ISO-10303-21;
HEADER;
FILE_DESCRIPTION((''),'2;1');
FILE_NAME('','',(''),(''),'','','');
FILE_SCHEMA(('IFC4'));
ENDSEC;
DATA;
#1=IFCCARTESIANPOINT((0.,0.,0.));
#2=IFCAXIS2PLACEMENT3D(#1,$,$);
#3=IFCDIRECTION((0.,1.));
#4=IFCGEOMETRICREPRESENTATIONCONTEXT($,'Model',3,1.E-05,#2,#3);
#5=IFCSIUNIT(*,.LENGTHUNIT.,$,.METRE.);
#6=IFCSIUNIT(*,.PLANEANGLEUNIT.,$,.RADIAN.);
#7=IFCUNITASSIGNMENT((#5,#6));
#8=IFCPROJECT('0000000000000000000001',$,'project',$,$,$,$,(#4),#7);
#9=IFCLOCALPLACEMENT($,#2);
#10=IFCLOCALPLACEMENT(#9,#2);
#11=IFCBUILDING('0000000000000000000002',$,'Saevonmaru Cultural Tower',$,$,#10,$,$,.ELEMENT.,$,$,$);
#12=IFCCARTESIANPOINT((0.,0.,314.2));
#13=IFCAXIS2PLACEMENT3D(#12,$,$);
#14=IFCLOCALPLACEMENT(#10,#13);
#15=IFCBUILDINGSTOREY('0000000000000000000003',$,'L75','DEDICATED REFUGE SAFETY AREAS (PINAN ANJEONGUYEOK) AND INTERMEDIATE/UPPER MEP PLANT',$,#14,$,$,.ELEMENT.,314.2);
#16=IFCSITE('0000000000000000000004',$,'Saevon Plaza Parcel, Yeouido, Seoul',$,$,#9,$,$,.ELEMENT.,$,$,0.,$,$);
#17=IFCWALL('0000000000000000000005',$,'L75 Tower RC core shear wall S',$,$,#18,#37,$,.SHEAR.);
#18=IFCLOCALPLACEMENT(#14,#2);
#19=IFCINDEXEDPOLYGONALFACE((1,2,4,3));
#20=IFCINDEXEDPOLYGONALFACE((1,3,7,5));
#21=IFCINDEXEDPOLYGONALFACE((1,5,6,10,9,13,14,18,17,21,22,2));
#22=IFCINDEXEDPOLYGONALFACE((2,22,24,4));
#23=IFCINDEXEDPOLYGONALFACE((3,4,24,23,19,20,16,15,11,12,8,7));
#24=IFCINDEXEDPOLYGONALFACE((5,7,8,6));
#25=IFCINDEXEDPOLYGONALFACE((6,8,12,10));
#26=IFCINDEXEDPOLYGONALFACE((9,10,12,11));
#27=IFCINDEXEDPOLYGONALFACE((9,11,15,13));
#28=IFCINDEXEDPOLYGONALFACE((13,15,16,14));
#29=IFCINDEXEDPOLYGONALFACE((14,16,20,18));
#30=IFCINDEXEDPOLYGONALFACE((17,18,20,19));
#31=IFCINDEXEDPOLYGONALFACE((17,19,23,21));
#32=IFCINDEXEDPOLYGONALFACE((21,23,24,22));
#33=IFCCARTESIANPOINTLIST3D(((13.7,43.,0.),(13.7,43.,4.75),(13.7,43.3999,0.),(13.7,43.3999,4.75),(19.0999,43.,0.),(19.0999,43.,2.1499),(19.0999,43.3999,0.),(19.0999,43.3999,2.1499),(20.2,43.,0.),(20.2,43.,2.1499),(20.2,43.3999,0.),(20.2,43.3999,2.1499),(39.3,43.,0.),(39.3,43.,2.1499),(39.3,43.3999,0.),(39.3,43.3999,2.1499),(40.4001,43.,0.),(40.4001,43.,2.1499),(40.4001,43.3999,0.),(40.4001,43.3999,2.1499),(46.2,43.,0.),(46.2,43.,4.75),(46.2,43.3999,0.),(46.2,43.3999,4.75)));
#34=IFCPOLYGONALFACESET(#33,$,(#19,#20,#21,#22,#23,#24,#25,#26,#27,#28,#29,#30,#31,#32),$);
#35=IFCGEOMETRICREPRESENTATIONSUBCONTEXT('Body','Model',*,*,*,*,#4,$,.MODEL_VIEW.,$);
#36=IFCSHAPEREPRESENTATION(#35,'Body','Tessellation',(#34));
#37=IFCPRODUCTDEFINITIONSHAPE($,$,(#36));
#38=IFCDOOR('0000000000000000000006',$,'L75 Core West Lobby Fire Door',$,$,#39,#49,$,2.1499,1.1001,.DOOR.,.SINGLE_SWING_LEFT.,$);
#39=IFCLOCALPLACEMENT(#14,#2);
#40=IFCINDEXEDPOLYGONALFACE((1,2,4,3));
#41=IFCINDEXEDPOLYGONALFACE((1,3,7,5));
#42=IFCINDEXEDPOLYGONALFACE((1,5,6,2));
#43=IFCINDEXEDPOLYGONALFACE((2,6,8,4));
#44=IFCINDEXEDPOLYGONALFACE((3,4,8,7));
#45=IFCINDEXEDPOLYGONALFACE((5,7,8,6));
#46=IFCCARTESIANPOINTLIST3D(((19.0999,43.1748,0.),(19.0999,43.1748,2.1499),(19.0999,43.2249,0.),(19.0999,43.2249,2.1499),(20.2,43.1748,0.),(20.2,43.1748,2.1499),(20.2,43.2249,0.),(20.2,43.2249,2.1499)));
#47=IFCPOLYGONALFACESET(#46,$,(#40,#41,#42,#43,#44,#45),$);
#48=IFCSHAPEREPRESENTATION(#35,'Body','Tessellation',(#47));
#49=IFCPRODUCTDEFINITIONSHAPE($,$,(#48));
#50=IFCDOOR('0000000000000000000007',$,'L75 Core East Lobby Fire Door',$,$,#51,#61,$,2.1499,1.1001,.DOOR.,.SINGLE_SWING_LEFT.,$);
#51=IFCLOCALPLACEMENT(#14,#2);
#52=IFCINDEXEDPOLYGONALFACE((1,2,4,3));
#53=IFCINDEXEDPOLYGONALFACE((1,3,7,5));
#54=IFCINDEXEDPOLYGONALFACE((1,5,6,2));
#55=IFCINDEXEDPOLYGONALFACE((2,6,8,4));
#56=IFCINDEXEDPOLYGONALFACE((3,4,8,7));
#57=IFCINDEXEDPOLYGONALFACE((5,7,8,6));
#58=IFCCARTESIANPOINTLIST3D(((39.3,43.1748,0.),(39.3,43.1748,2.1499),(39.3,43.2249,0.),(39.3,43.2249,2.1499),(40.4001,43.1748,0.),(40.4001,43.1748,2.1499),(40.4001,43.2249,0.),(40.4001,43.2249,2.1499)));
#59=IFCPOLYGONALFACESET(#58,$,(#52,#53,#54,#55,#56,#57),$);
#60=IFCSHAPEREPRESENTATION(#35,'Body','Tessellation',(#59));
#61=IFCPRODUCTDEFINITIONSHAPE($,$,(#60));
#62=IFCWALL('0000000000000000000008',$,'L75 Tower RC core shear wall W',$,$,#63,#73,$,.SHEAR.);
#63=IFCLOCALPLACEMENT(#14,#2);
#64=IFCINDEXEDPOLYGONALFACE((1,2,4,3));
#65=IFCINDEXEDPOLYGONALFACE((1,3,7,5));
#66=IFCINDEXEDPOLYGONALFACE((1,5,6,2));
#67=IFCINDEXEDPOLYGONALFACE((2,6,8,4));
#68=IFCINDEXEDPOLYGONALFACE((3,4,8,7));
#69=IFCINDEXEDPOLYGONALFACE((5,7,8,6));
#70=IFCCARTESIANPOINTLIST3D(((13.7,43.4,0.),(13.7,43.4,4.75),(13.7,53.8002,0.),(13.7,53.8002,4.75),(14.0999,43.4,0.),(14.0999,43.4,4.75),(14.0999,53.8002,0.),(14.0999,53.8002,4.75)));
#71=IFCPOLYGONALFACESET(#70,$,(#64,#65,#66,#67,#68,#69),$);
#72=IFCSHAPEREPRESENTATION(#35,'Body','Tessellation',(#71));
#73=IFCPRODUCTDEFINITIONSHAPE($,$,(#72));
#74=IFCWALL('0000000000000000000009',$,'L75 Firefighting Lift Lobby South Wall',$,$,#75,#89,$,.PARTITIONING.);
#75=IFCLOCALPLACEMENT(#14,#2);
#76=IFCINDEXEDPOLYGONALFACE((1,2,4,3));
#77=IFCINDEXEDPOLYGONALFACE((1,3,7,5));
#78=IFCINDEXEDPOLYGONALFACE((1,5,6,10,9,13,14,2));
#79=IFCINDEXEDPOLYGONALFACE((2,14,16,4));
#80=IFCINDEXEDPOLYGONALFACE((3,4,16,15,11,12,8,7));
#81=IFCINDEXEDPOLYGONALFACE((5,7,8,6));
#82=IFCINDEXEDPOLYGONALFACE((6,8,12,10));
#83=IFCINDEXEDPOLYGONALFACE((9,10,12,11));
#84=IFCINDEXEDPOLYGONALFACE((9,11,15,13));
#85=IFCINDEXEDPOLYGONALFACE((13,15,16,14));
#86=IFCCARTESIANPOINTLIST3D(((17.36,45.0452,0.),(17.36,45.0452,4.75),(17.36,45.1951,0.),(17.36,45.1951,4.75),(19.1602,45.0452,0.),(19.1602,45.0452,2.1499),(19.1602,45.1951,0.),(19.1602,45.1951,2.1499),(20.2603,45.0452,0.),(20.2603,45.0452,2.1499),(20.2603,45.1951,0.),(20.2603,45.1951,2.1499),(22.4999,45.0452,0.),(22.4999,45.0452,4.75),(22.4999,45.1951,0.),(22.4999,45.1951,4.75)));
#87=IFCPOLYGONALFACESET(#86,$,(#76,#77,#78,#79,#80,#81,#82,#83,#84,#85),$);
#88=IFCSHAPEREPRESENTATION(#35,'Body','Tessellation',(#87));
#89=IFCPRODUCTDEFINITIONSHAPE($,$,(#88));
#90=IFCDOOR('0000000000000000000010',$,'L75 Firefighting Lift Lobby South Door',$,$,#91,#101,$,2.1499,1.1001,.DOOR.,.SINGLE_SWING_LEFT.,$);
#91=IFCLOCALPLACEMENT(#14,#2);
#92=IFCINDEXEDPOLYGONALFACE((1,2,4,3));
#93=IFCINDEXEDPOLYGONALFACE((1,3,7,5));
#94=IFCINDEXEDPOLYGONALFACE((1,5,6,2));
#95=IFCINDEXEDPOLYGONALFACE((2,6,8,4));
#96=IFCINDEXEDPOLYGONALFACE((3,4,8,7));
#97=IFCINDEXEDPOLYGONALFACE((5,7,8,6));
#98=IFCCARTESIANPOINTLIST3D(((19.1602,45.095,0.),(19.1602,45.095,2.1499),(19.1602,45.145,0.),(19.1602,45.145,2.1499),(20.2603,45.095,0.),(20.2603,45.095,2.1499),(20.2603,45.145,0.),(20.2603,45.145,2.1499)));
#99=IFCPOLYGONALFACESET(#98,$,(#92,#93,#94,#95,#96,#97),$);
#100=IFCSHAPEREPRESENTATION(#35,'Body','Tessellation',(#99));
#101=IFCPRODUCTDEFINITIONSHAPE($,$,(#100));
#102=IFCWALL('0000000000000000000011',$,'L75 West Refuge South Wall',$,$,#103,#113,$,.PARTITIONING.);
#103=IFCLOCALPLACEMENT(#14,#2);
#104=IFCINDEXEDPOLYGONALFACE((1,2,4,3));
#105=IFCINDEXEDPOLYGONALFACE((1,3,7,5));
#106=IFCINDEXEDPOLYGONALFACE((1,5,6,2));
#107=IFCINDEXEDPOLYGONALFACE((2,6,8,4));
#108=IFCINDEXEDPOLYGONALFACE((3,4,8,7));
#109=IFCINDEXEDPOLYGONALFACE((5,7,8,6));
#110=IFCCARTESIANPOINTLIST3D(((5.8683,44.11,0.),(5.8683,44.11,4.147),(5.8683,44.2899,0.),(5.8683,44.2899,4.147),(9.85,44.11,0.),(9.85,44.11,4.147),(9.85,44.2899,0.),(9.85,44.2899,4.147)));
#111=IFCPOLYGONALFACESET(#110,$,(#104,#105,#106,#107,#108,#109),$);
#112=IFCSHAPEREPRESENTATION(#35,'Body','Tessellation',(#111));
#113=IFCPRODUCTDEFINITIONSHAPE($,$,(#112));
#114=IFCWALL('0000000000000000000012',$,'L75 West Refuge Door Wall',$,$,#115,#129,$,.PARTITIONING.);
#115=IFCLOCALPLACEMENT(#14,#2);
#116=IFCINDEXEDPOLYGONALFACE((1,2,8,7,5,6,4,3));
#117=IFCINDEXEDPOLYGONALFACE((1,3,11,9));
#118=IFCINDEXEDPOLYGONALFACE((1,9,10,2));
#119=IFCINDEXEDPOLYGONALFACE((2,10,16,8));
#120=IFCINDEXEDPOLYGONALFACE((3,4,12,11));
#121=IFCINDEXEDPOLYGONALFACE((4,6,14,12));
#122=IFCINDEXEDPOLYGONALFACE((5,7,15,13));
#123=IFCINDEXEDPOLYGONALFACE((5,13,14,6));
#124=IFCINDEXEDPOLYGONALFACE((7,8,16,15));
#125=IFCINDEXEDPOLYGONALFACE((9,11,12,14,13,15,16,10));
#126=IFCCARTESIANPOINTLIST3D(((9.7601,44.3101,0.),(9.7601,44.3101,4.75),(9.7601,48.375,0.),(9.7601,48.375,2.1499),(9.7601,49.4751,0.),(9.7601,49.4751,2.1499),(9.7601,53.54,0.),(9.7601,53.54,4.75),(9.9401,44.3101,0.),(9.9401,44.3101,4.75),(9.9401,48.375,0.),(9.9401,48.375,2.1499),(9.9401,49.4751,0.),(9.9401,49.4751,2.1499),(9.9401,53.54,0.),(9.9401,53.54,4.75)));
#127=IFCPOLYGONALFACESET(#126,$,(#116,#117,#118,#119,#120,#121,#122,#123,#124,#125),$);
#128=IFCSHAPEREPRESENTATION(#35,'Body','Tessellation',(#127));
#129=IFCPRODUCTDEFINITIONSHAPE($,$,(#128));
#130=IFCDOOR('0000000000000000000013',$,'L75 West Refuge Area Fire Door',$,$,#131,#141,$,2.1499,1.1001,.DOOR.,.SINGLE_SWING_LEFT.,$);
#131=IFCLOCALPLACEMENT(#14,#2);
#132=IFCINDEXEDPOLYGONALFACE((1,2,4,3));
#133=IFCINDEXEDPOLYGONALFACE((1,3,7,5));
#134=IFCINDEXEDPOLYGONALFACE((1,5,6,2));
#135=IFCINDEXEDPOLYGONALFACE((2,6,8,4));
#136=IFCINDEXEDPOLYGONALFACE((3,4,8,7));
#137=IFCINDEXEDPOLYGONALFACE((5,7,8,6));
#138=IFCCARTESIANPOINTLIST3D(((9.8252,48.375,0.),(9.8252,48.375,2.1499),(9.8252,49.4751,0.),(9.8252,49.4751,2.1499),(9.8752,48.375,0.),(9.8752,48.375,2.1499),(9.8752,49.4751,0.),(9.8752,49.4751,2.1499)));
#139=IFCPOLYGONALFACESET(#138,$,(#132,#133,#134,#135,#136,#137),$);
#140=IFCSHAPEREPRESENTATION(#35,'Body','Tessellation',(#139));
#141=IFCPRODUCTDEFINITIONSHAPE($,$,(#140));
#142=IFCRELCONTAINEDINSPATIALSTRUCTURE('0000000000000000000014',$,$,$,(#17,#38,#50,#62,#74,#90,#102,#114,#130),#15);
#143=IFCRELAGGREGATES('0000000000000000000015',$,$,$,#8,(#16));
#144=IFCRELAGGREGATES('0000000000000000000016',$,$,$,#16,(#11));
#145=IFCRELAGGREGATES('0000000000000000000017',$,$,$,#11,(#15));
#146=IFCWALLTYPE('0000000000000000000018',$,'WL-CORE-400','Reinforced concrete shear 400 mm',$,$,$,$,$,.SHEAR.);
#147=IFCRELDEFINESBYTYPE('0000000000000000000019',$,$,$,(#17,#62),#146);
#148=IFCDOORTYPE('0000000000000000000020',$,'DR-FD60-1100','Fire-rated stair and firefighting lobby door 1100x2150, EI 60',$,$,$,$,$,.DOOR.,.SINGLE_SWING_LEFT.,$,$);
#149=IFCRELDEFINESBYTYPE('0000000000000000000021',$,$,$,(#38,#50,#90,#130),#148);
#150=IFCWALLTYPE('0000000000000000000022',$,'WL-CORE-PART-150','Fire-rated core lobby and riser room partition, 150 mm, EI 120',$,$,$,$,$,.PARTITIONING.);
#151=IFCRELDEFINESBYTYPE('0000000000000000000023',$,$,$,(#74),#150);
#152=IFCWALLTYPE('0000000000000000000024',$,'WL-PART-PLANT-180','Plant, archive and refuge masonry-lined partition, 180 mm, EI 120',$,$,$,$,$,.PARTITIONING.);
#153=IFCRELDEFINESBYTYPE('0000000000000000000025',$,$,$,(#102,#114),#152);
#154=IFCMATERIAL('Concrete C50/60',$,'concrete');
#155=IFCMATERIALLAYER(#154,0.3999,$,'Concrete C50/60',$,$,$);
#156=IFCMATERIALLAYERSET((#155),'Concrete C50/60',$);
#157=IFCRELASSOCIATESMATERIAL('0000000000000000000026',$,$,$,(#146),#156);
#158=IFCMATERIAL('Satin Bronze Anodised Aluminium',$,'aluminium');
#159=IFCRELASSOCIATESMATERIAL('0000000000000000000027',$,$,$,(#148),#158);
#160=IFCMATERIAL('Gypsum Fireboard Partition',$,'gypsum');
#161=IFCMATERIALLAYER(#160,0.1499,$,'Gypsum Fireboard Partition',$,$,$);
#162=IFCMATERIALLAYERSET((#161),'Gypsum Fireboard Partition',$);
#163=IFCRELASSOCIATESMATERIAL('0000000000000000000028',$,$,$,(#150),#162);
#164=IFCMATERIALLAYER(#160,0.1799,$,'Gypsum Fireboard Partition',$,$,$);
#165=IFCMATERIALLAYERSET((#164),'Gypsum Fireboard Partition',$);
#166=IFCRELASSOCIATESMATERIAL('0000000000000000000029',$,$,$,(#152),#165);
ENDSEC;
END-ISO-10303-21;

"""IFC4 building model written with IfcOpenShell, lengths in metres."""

from ifc_helpers import new_model, si_unit, direction, frame, frame_2d, origin, place, context, subcontext, project, spatial, rectangle, extrude, material, layer, layer_set, type_object, element, fill, save


model = new_model("IFC4")

# Units and contexts
model_context = context("Model", 3, precision=1e-05, world=origin(), true_north=direction((0.0, 1.0)))
body_context = subcontext(model_context, "Body", "Model", "MODEL_VIEW")
ifc_project = project(units=[si_unit("LENGTHUNIT", "METRE"), si_unit("PLANEANGLEUNIT", "RADIAN")], contexts=[model_context])

# Site, building, storey
site_placement = place(None, origin())
site = spatial("IfcSite", under=ifc_project, at=site_placement, Name="Saevon Plaza Parcel, Yeouido, Seoul", CompositionType="ELEMENT", RefElevation=0.0)
building_placement = place(site_placement, origin())
building = spatial("IfcBuilding", under=site, at=building_placement, Name="Saevonmaru Cultural Tower", CompositionType="ELEMENT")
storey_placement = place(building_placement, frame((0.0, 0.0, 314.2)))
storey = spatial("IfcBuildingStorey", under=building, at=storey_placement, Name="L75", Description="DEDICATED REFUGE SAFETY AREAS (PINAN ANJEONGUYEOK) AND INTERMEDIATE/UPPER MEP PLANT", CompositionType="ELEMENT", Elevation=314.2)

# Shared definitions
ifc_material_1 = material(Name="Satin Bronze Anodised Aluminium", Category="aluminium")

# Wall, openings, doors
ifc_material_2 = material(Name="Concrete C50/60", Category="concrete")
ifc_layer_1 = layer(ifc_material_2, 0.3999, Name="Concrete C50/60")
ifc_layer_set_1 = layer_set([ifc_layer_1], Name="Concrete C50/60")
wall_type_1 = type_object("IfcWallType", Name="WL-CORE-400", Description="Reinforced concrete shear 400 mm", PredefinedType="SHEAR", material=ifc_layer_set_1)
wall_1_placement = place(storey_placement, frame((13.7, 43.2, 0.0), z_axis=(0.0, 0.0, 1.0), x_axis=(1.0, 0.0, 0.0)))
wall_1 = element("IfcWall", 1, at=wall_1_placement, inside=storey, type_object=wall_type_1, Name="L75 Tower RC core shear wall S", PredefinedType="SHEAR", context=body_context, shape_type="SweptSolid", body=[
    extrude(rectangle(XDim=32.5, YDim=0.3999, at=frame_2d((16.25, 0.0))), origin(), (0.0, 0.0, 1.0), 4.75),
])
opening_1_placement = place(wall_1_placement, frame((5.3999, 0.0, 0.0)))
opening_1 = element("IfcOpeningElement", 2, at=opening_1_placement, cuts=wall_1, PredefinedType="OPENING", context=body_context, shape_type="SweptSolid", body=[
    extrude(rectangle(XDim=1.1001, YDim=2.1499, at=frame_2d((0.55, 1.075))), frame((0.0, 0.21, 0.0), z_axis=(0.0, -1.0, 0.0), x_axis=(1.0, 0.0, 0.0)), (0.0, 0.0, 1.0), 0.4199),
])
opening_2_placement = place(wall_1_placement, frame((25.6001, 0.0, 0.0)))
opening_2 = element("IfcOpeningElement", 3, at=opening_2_placement, cuts=wall_1, PredefinedType="OPENING", context=body_context, shape_type="SweptSolid", body=[
    extrude(rectangle(XDim=1.1001, YDim=2.1499, at=frame_2d((0.55, 1.075))), frame((0.0, 0.21, 0.0), z_axis=(0.0, -1.0, 0.0), x_axis=(1.0, 0.0, 0.0)), (0.0, 0.0, 1.0), 0.4199),
])
door_type_1 = type_object("IfcDoorType", Name="DR-FD60-1100", Description="Fire-rated stair and firefighting lobby door 1100x2150, EI 60", OperationType="SINGLE_SWING_LEFT", PredefinedType="DOOR", material=ifc_material_1)
door_1_placement = place(opening_1_placement, origin())
door_1 = element("IfcDoor", 4, at=door_1_placement, inside=storey, type_object=door_type_1, Name="L75 Core West Lobby Fire Door", OperationType="SINGLE_SWING_LEFT", OverallHeight=2.1499, OverallWidth=1.1001, PredefinedType="DOOR", context=body_context, shape_type="SweptSolid", body=[
    extrude(rectangle(XDim=1.1001, YDim=2.1499, at=frame_2d((0.55, 1.075))), frame((0.0, 0.0249, 0.0), z_axis=(0.0, -1.0, 0.0), x_axis=(1.0, 0.0, 0.0)), (0.0, 0.0, 1.0), 0.05),
])
fill(opening_1, door_1)
door_2_placement = place(opening_2_placement, origin())
door_2 = element("IfcDoor", 5, at=door_2_placement, inside=storey, type_object=door_type_1, Name="L75 Core East Lobby Fire Door", OperationType="SINGLE_SWING_LEFT", OverallHeight=2.1499, OverallWidth=1.1001, PredefinedType="DOOR", context=body_context, shape_type="SweptSolid", body=[
    extrude(rectangle(XDim=1.1001, YDim=2.1499, at=frame_2d((0.55, 1.075))), frame((0.0, 0.0249, 0.0), z_axis=(0.0, -1.0, 0.0), x_axis=(1.0, 0.0, 0.0)), (0.0, 0.0, 1.0), 0.05),
])
fill(opening_2, door_2)

# Wall
wall_2_placement = place(storey_placement, frame((13.8999, 43.3999, 0.0), z_axis=(0.0, 0.0, 1.0), x_axis=(0.0, 1.0, 0.0)))
element("IfcWall", 6, at=wall_2_placement, inside=storey, type_object=wall_type_1, Name="L75 Tower RC core shear wall W", PredefinedType="SHEAR", context=body_context, shape_type="SweptSolid", body=[
    extrude(rectangle(XDim=10.4001, YDim=0.3999, at=frame_2d((5.2002, 0.0))), origin(), (0.0, 0.0, 1.0), 4.75),
])

# Wall, opening, door
ifc_material_3 = material(Name="Gypsum Fireboard Partition", Category="gypsum")
ifc_layer_2 = layer(ifc_material_3, 0.1499, Name="Gypsum Fireboard Partition")
ifc_layer_set_2 = layer_set([ifc_layer_2], Name="Gypsum Fireboard Partition")
wall_type_2 = type_object("IfcWallType", Name="WL-CORE-PART-150", Description="Fire-rated core lobby and riser room partition, 150 mm, EI 120", PredefinedType="PARTITIONING", material=ifc_layer_set_2)
wall_3_placement = place(storey_placement, frame((17.3601, 45.1201, 0.0), z_axis=(0.0, 0.0, 1.0), x_axis=(1.0, 0.0, 0.0)))
wall_3 = element("IfcWall", 7, at=wall_3_placement, inside=storey, type_object=wall_type_2, Name="L75 Firefighting Lift Lobby South Wall", PredefinedType="PARTITIONING", context=body_context, shape_type="SweptSolid", body=[
    extrude(rectangle(XDim=5.1399, YDim=0.1499, at=frame_2d((2.5698, 0.0))), origin(), (0.0, 0.0, 1.0), 4.75),
])
opening_3_placement = place(wall_3_placement, frame((1.8, 0.0, 0.0)))
opening_3 = element("IfcOpeningElement", 8, at=opening_3_placement, cuts=wall_3, PredefinedType="OPENING", context=body_context, shape_type="SweptSolid", body=[
    extrude(rectangle(XDim=1.1001, YDim=2.1499, at=frame_2d((0.55, 1.075))), frame((0.0, 0.085, 0.0), z_axis=(0.0, -1.0, 0.0), x_axis=(1.0, 0.0, 0.0)), (0.0, 0.0, 1.0), 0.1699),
])
door_3_placement = place(opening_3_placement, origin())
door_3 = element("IfcDoor", 9, at=door_3_placement, inside=storey, type_object=door_type_1, Name="L75 Firefighting Lift Lobby South Door", OperationType="SINGLE_SWING_LEFT", OverallHeight=2.1499, OverallWidth=1.1001, PredefinedType="DOOR", context=body_context, shape_type="SweptSolid", body=[
    extrude(rectangle(XDim=1.1001, YDim=2.1499, at=frame_2d((0.55, 1.075))), frame((0.0, 0.0249, 0.0), z_axis=(0.0, -1.0, 0.0), x_axis=(1.0, 0.0, 0.0)), (0.0, 0.0, 1.0), 0.05),
])
fill(opening_3, door_3)

# Wall
ifc_layer_3 = layer(ifc_material_3, 0.1799, Name="Gypsum Fireboard Partition")
ifc_layer_set_3 = layer_set([ifc_layer_3], Name="Gypsum Fireboard Partition")
wall_type_3 = type_object("IfcWallType", Name="WL-PART-PLANT-180", Description="Plant, archive and refuge masonry-lined partition, 180 mm, EI 120", PredefinedType="PARTITIONING", material=ifc_layer_set_3)
wall_4_placement = place(storey_placement, frame((5.8684, 44.2, 0.0), z_axis=(0.0, 0.0, 1.0), x_axis=(1.0, 0.0, 0.0)))
element("IfcWall", 10, at=wall_4_placement, inside=storey, type_object=wall_type_3, Name="L75 West Refuge South Wall", PredefinedType="PARTITIONING", context=body_context, shape_type="SweptSolid", body=[
    extrude(rectangle(XDim=3.9817, YDim=0.1799, at=frame_2d((1.9907, 0.0))), origin(), (0.0, 0.0, 1.0), 4.147),
])

# Wall, opening, door
wall_5_placement = place(storey_placement, frame((9.8501, 44.3101, 0.0), z_axis=(0.0, 0.0, 1.0), x_axis=(0.0, 1.0, 0.0)))
wall_5 = element("IfcWall", 11, at=wall_5_placement, inside=storey, type_object=wall_type_3, Name="L75 West Refuge Door Wall", PredefinedType="PARTITIONING", context=body_context, shape_type="SweptSolid", body=[
    extrude(rectangle(XDim=9.23, YDim=0.1799, at=frame_2d((4.615, 0.0))), origin(), (0.0, 0.0, 1.0), 4.75),
])
opening_4_placement = place(wall_5_placement, frame((4.0649, 0.0, 0.0)))
opening_4 = element("IfcOpeningElement", 12, at=opening_4_placement, cuts=wall_5, PredefinedType="OPENING", context=body_context, shape_type="SweptSolid", body=[
    extrude(rectangle(XDim=1.1001, YDim=2.1499, at=frame_2d((0.55, 1.075))), frame((0.0, 0.1001, 0.0), z_axis=(0.0, -1.0, 0.0), x_axis=(1.0, 0.0, 0.0)), (0.0, 0.0, 1.0), 0.2),
])
door_4_placement = place(opening_4_placement, origin())
door_4 = element("IfcDoor", 13, at=door_4_placement, inside=storey, type_object=door_type_1, Name="L75 West Refuge Area Fire Door", OperationType="SINGLE_SWING_LEFT", OverallHeight=2.1499, OverallWidth=1.1001, PredefinedType="DOOR", context=body_context, shape_type="SweptSolid", body=[
    extrude(rectangle(XDim=1.1001, YDim=2.1499, at=frame_2d((0.55, 1.075))), frame((0.0, 0.0249, 0.0), z_axis=(0.0, -1.0, 0.0), x_axis=(1.0, 0.0, 0.0)), (0.0, 0.0, 1.0), 0.05),
])
fill(opening_4, door_4)

save(model, "model.ifc")
